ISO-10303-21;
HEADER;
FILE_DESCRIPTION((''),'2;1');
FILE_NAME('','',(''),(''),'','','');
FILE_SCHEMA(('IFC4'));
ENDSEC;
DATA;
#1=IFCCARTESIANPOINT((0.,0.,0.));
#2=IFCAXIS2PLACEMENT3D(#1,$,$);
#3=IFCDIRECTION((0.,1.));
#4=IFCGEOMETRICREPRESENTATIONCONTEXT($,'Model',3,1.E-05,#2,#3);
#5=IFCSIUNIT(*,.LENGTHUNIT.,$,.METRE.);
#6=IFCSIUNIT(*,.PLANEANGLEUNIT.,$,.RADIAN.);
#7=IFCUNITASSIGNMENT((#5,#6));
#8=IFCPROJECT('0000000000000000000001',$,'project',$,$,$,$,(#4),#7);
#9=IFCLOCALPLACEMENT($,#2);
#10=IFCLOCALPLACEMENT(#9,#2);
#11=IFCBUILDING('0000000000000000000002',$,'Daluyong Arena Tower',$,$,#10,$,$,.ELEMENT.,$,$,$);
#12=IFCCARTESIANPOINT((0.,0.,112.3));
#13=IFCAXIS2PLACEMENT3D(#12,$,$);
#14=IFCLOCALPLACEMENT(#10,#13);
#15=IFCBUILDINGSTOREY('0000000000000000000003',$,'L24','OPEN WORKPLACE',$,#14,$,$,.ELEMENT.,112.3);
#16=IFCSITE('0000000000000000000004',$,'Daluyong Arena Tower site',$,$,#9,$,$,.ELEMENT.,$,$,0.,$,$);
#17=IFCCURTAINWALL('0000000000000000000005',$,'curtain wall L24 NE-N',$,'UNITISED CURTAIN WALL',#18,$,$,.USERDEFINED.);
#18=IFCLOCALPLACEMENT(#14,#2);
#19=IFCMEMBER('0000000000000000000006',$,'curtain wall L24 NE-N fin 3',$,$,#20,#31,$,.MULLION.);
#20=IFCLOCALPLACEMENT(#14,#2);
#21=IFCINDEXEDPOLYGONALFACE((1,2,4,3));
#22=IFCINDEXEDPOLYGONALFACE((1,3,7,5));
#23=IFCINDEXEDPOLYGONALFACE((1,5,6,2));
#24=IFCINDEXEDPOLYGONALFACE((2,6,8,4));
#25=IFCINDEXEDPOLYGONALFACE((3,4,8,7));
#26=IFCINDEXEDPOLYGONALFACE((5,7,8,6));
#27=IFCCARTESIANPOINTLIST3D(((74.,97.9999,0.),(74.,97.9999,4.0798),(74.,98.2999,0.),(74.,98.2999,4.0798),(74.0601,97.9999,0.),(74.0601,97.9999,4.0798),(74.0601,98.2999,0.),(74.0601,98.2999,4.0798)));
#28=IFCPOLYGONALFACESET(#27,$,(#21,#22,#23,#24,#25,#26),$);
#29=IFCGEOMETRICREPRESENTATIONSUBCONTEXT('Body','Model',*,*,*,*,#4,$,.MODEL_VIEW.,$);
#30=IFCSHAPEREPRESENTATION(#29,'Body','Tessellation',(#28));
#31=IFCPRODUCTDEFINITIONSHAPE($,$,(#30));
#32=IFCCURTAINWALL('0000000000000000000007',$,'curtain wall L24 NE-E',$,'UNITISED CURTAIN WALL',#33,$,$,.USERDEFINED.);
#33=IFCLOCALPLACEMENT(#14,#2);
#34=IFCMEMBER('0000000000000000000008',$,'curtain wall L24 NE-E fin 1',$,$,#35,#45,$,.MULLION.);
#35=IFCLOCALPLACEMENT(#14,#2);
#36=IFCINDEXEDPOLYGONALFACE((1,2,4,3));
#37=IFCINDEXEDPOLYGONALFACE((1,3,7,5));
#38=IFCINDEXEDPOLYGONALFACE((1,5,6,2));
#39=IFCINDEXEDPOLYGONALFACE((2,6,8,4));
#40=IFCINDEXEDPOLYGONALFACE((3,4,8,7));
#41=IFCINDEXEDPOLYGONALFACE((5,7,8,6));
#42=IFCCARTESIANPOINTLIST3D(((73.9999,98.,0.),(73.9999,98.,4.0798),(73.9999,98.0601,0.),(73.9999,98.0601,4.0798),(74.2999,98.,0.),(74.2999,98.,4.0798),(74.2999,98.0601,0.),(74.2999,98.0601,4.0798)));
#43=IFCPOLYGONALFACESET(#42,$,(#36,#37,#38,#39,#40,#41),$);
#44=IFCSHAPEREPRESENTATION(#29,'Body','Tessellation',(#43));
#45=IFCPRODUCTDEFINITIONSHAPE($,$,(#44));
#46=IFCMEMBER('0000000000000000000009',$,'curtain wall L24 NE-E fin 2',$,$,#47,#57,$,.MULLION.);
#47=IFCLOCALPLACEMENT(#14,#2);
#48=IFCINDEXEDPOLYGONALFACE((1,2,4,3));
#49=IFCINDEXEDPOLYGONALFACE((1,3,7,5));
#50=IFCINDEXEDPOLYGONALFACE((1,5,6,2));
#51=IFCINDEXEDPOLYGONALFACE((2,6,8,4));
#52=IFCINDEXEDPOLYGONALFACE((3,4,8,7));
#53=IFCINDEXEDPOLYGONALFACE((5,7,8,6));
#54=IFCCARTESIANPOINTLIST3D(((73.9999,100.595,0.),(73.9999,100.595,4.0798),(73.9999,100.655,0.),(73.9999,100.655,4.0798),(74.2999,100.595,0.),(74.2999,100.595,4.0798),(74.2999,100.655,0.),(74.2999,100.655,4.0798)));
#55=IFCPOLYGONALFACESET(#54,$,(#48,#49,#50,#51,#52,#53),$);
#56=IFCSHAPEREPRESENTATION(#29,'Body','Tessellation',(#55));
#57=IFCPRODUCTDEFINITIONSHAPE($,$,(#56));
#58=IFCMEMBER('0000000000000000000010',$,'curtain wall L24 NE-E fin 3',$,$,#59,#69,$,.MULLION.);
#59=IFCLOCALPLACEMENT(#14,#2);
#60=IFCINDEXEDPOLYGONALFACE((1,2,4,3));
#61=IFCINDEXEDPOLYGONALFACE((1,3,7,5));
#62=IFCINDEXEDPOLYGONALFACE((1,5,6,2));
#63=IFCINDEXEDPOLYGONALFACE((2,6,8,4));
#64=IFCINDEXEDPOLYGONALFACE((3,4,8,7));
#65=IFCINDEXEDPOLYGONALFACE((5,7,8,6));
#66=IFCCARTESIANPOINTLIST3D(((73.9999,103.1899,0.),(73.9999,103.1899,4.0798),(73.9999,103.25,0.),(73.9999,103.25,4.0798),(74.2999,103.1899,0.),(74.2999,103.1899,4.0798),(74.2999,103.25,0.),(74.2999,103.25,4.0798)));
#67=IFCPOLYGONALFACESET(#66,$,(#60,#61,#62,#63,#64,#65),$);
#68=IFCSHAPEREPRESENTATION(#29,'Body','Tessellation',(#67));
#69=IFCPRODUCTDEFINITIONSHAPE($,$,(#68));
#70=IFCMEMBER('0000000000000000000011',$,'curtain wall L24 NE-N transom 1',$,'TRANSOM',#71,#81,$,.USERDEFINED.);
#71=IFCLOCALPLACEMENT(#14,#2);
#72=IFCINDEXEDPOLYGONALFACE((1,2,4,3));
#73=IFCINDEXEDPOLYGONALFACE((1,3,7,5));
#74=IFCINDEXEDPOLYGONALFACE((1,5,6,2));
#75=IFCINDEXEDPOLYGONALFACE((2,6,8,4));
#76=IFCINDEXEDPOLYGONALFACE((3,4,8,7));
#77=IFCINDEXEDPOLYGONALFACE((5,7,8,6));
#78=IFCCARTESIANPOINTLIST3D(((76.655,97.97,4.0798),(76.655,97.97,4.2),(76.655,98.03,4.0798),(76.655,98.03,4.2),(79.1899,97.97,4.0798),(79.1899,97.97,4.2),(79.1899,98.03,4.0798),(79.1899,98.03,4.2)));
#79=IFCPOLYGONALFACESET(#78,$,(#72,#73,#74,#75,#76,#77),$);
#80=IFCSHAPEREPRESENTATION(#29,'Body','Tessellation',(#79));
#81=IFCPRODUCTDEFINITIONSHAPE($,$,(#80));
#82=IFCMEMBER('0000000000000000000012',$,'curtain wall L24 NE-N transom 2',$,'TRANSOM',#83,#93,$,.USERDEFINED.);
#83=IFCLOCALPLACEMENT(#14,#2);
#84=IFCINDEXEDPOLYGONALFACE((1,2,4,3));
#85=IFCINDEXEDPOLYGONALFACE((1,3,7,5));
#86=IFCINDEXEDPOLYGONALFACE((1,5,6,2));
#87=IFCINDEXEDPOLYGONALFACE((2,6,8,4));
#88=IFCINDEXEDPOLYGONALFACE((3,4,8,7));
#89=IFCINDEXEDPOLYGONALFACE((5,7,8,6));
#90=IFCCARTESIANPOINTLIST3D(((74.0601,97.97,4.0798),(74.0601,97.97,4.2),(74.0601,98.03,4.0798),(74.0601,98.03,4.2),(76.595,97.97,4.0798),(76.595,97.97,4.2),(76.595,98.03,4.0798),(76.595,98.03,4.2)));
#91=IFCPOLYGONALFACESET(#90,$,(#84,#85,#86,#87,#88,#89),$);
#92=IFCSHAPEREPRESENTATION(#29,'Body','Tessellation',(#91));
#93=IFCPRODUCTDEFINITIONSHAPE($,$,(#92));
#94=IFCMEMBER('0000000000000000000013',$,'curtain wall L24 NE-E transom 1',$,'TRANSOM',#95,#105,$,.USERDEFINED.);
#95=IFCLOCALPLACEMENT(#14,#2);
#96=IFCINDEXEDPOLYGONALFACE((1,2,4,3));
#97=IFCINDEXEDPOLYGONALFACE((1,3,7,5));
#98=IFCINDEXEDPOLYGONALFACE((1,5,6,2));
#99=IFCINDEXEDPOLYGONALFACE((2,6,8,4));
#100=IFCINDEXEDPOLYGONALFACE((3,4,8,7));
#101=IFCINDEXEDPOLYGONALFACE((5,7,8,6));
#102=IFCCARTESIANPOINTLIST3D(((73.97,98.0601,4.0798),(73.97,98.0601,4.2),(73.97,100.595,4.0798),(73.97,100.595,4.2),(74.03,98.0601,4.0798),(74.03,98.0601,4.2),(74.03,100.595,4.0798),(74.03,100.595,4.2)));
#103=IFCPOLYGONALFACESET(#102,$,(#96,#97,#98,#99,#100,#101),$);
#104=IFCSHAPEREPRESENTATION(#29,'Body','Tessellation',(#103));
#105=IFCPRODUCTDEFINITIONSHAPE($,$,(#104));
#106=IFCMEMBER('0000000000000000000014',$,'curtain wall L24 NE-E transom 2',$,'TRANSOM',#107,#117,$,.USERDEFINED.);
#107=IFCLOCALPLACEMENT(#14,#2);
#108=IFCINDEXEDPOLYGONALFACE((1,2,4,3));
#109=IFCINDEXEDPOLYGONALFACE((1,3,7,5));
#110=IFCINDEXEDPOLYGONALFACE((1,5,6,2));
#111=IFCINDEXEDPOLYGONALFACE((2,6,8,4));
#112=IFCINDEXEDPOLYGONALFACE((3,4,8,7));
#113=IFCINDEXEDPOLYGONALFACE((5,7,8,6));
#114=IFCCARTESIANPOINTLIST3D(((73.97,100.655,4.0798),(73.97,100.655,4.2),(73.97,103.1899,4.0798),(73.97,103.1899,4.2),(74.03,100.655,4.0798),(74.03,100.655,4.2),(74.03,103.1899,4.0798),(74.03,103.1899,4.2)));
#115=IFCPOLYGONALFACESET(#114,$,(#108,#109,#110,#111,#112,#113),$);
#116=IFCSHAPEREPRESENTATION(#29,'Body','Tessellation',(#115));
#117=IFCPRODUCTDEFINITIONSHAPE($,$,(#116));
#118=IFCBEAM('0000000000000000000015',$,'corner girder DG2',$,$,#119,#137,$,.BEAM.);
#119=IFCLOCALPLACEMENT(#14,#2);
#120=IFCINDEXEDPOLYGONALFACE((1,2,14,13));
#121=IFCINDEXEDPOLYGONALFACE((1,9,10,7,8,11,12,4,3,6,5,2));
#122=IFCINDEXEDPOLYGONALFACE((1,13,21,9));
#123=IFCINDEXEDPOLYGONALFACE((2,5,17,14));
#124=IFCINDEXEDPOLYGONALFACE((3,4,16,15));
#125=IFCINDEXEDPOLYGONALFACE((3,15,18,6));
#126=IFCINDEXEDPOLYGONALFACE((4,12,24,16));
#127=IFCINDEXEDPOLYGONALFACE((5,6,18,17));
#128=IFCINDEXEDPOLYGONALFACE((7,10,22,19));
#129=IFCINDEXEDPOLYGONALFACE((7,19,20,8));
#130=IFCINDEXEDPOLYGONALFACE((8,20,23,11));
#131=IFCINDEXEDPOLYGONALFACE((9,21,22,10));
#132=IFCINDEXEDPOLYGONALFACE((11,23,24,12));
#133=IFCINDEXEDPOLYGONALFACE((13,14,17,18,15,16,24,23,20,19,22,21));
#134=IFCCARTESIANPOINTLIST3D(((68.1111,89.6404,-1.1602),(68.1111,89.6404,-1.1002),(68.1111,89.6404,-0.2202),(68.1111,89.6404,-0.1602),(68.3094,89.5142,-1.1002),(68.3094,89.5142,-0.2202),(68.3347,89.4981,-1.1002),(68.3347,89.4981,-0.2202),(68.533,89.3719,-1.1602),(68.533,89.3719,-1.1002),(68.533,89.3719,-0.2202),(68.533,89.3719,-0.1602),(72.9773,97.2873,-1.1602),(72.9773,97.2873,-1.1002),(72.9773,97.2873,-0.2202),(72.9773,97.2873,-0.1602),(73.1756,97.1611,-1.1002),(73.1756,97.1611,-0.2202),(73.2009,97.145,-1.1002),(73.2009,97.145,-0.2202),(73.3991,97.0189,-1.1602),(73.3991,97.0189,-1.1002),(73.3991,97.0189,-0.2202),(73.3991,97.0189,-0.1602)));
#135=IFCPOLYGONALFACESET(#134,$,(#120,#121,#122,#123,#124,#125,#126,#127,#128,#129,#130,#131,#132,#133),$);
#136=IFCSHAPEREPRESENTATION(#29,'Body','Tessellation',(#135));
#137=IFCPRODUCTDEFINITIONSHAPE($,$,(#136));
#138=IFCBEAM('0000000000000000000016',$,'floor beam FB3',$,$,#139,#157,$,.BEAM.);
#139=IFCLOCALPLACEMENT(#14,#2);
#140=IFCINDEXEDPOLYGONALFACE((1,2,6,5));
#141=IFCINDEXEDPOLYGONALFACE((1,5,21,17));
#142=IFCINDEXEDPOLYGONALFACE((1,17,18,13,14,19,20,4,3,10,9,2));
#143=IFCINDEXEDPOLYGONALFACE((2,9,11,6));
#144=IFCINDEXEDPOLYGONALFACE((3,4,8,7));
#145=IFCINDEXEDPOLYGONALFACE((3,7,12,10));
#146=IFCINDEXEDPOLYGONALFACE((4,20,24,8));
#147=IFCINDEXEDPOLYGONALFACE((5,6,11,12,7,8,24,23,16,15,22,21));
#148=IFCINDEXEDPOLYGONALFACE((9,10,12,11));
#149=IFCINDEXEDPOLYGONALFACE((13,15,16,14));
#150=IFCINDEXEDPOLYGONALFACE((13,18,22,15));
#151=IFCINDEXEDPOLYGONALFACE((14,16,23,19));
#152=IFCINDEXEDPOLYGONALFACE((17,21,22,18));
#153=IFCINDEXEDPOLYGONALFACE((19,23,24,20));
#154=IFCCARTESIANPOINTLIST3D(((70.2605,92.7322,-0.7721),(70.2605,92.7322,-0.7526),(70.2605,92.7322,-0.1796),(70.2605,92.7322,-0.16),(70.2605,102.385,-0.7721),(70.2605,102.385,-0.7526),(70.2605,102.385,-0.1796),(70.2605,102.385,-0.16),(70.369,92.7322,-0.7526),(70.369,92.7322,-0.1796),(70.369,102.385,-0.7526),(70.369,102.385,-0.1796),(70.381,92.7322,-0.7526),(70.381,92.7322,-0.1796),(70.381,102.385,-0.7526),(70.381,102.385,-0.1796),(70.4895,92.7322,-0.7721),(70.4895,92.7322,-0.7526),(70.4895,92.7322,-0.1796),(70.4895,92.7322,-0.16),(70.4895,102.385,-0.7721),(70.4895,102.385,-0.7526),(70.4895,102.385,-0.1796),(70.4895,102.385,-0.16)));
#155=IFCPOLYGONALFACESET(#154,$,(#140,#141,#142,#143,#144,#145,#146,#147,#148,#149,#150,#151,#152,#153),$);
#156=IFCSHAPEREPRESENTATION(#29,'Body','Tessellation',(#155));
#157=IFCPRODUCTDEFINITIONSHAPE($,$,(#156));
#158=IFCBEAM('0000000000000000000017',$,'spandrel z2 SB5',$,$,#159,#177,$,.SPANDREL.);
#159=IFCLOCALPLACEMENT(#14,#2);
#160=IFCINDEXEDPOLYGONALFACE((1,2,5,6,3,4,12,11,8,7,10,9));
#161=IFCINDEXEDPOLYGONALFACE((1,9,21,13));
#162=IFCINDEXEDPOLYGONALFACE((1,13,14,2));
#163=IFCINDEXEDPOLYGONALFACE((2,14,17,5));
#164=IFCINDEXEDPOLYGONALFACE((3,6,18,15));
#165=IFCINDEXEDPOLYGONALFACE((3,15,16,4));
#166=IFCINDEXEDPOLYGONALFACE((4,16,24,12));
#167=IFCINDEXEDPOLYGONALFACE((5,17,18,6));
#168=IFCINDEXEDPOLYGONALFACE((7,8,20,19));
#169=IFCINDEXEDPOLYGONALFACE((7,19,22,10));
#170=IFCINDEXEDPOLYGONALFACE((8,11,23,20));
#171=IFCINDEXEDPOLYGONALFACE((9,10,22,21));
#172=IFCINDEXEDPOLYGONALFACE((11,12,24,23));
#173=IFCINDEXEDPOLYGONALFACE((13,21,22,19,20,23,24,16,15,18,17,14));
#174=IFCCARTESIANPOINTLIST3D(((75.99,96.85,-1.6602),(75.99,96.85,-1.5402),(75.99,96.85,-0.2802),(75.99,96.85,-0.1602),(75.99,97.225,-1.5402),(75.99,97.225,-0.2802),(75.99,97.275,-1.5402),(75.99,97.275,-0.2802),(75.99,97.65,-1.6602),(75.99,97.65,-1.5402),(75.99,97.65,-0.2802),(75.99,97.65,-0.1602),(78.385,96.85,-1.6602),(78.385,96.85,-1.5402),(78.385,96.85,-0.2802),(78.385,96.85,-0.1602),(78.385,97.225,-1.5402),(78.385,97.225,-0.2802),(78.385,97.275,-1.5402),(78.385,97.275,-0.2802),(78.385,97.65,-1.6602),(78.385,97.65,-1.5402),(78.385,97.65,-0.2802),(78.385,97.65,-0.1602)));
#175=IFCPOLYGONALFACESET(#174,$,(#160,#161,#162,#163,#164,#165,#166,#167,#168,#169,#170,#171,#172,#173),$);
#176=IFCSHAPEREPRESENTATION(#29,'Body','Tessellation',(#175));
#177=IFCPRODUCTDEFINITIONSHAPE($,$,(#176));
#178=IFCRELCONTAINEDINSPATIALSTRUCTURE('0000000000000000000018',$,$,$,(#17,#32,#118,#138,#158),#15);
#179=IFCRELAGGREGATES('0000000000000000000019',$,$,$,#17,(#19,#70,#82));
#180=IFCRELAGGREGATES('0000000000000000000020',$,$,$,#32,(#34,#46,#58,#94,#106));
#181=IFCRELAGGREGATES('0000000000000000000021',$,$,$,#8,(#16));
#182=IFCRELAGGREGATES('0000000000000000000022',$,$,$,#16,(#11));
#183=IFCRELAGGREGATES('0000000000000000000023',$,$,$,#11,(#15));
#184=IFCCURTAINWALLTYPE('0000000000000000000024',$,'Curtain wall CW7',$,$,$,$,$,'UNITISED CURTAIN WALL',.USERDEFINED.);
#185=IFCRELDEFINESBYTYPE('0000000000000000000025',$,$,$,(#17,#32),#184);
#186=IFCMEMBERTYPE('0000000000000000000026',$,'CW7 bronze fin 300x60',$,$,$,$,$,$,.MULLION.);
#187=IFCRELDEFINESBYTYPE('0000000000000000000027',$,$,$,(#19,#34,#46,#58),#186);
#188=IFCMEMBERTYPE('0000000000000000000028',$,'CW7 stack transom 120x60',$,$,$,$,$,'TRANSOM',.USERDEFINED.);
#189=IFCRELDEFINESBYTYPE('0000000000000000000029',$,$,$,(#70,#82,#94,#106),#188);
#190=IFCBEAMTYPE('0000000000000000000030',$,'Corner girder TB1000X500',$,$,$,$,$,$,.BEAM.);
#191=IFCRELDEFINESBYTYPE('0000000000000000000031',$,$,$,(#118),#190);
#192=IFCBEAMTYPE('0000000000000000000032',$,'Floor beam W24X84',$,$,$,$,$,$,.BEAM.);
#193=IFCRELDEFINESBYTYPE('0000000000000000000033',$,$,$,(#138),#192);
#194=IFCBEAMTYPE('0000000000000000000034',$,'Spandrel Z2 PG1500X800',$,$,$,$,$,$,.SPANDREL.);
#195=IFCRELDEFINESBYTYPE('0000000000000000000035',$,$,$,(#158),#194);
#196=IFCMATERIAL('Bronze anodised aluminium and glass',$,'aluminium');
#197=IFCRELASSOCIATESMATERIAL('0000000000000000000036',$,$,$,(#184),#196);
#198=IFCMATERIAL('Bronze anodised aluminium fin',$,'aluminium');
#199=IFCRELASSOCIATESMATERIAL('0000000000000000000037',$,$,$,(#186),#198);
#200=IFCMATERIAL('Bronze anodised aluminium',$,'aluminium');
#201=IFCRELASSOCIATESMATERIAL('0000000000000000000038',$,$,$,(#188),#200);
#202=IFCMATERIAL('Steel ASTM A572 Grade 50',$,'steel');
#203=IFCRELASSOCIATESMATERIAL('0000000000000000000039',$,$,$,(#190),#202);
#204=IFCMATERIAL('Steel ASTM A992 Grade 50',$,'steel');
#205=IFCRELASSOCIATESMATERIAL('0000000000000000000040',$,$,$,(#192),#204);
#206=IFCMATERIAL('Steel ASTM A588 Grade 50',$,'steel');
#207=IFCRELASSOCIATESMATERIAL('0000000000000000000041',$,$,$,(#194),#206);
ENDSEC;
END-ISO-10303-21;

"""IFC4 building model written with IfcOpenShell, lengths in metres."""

from ifc_helpers import new_model, si_unit, direction, frame, origin, origin_2d, place, context, subcontext, project, spatial, rectangle, i_section, extrude, material, material_profile, profile_set, type_object, element, aggregate, save


model = new_model("IFC4")

# Units and contexts
model_context = context("Model", 3, precision=1e-05, world=origin(), true_north=direction((0.0, 1.0)))
body_context = subcontext(model_context, "Body", "Model", "MODEL_VIEW")
ifc_project = project(units=[si_unit("LENGTHUNIT", "METRE"), si_unit("PLANEANGLEUNIT", "RADIAN")], contexts=[model_context])

# Site, building, storey
site_placement = place(None, origin())
site = spatial("IfcSite", under=ifc_project, at=site_placement, Name="Daluyong Arena Tower site", CompositionType="ELEMENT", RefElevation=0.0)
building_placement = place(site_placement, origin())
building = spatial("IfcBuilding", under=site, at=building_placement, Name="Daluyong Arena Tower", CompositionType="ELEMENT")
storey_placement = place(building_placement, frame((0.0, 0.0, 112.3)))
storey = spatial("IfcBuildingStorey", under=building, at=storey_placement, Name="L24", Description="OPEN WORKPLACE", CompositionType="ELEMENT", Elevation=112.3)

# Curtain walls, members
ifc_material_1 = material(Name="Bronze anodised aluminium and glass", Category="aluminium")
curtain_wall_type_1 = type_object("IfcCurtainWallType", Name="Curtain wall CW7", ElementType="UNITISED CURTAIN WALL", PredefinedType="USERDEFINED", material=ifc_material_1)
curtain_wall_1_placement = place(storey_placement, origin())
curtain_wall_1 = element("IfcCurtainWall", 1, at=curtain_wall_1_placement, inside=storey, type_object=curtain_wall_type_1, Name="curtain wall L24 NE-N", ObjectType="UNITISED CURTAIN WALL", PredefinedType="USERDEFINED")
ifc_material_2 = material(Name="Bronze anodised aluminium fin", Category="aluminium")
ifc_material_profile_1 = material_profile(ifc_material_2, rectangle(XDim=0.3, YDim=0.0601, at=origin_2d()))
ifc_profile_set_1 = profile_set([ifc_material_profile_1], Name="Bronze anodised aluminium fin")
member_type_1 = type_object("IfcMemberType", Name="CW7 bronze fin 300x60", PredefinedType="MULLION", material=ifc_profile_set_1)
member_1_placement = place(storey_placement, frame((74.03, 98.1499, 0.0), z_axis=(0.0, 0.0, 1.0), x_axis=(0.0, -1.0, 0.0)))
member_1 = element("IfcMember", 2, at=member_1_placement, type_object=member_type_1, Name="curtain wall L24 NE-N fin 3", PredefinedType="MULLION", context=body_context, shape_type="SweptSolid", body=[
    extrude(rectangle(XDim=0.3, YDim=0.0601, at=origin_2d()), origin(), (0.0, 0.0, 1.0), 4.0798),
])
curtain_wall_2_placement = place(storey_placement, origin())
curtain_wall_2 = element("IfcCurtainWall", 3, at=curtain_wall_2_placement, inside=storey, type_object=curtain_wall_type_1, Name="curtain wall L24 NE-E", ObjectType="UNITISED CURTAIN WALL", PredefinedType="USERDEFINED")
member_2_placement = place(storey_placement, frame((74.1499, 98.03, 0.0), z_axis=(0.0, 0.0, 1.0), x_axis=(-1.0, 0.0, 0.0)))
member_2 = element("IfcMember", 4, at=member_2_placement, type_object=member_type_1, Name="curtain wall L24 NE-E fin 1", PredefinedType="MULLION", context=body_context, shape_type="SweptSolid", body=[
    extrude(rectangle(XDim=0.3, YDim=0.0601, at=origin_2d()), origin(), (0.0, 0.0, 1.0), 4.0798),
])
member_3_placement = place(storey_placement, frame((74.1499, 100.625, 0.0), z_axis=(0.0, 0.0, 1.0), x_axis=(-1.0, 0.0, 0.0)))
member_3 = element("IfcMember", 5, at=member_3_placement, type_object=member_type_1, Name="curtain wall L24 NE-E fin 2", PredefinedType="MULLION", context=body_context, shape_type="SweptSolid", body=[
    extrude(rectangle(XDim=0.3, YDim=0.0601, at=origin_2d()), origin(), (0.0, 0.0, 1.0), 4.0798),
])
member_4_placement = place(storey_placement, frame((74.1499, 103.22, 0.0), z_axis=(0.0, 0.0, 1.0), x_axis=(-1.0, 0.0, 0.0)))
member_4 = element("IfcMember", 6, at=member_4_placement, type_object=member_type_1, Name="curtain wall L24 NE-E fin 3", PredefinedType="MULLION", context=body_context, shape_type="SweptSolid", body=[
    extrude(rectangle(XDim=0.3, YDim=0.0601, at=origin_2d()), origin(), (0.0, 0.0, 1.0), 4.0798),
])

# Members
ifc_material_3 = material(Name="Bronze anodised aluminium", Category="aluminium")
ifc_material_profile_2 = material_profile(ifc_material_3, rectangle(XDim=0.0601, YDim=0.1201, at=origin_2d()))
ifc_profile_set_2 = profile_set([ifc_material_profile_2], Name="Bronze anodised aluminium")
member_type_2 = type_object("IfcMemberType", Name="CW7 stack transom 120x60", ElementType="TRANSOM", PredefinedType="USERDEFINED", material=ifc_profile_set_2)
member_5_placement = place(storey_placement, frame((79.1899, 98.0, 4.1399), z_axis=(-1.0, 0.0, 0.0), x_axis=(0.0, -1.0, 0.0)))
member_5 = element("IfcMember", 7, at=member_5_placement, type_object=member_type_2, Name="curtain wall L24 NE-N transom 1", ObjectType="TRANSOM", PredefinedType="USERDEFINED", context=body_context, shape_type="SweptSolid", body=[
    extrude(rectangle(XDim=0.0601, YDim=0.1201, at=origin_2d()), origin(), (0.0, 0.0, 1.0), 2.5349),
])
member_6_placement = place(storey_placement, frame((76.595, 98.0, 4.1399), z_axis=(-1.0, 0.0, 0.0), x_axis=(0.0, -1.0, 0.0)))
member_6 = element("IfcMember", 8, at=member_6_placement, type_object=member_type_2, Name="curtain wall L24 NE-N transom 2", ObjectType="TRANSOM", PredefinedType="USERDEFINED", context=body_context, shape_type="SweptSolid", body=[
    extrude(rectangle(XDim=0.0601, YDim=0.1201, at=origin_2d()), origin(), (0.0, 0.0, 1.0), 2.5349),
])
member_7_placement = place(storey_placement, frame((74.0, 98.0601, 4.1399), z_axis=(0.0, 1.0, 0.0), x_axis=(-1.0, 0.0, 0.0)))
member_7 = element("IfcMember", 9, at=member_7_placement, type_object=member_type_2, Name="curtain wall L24 NE-E transom 1", ObjectType="TRANSOM", PredefinedType="USERDEFINED", context=body_context, shape_type="SweptSolid", body=[
    extrude(rectangle(XDim=0.0601, YDim=0.1201, at=origin_2d()), origin(), (0.0, 0.0, 1.0), 2.5349),
])
member_8_placement = place(storey_placement, frame((74.0, 100.655, 4.1399), z_axis=(0.0, 1.0, 0.0), x_axis=(-1.0, 0.0, 0.0)))
member_8 = element("IfcMember", 10, at=member_8_placement, type_object=member_type_2, Name="curtain wall L24 NE-E transom 2", ObjectType="TRANSOM", PredefinedType="USERDEFINED", context=body_context, shape_type="SweptSolid", body=[
    extrude(rectangle(XDim=0.0601, YDim=0.1201, at=origin_2d()), origin(), (0.0, 0.0, 1.0), 2.5349),
])

# Beams
ifc_material_4 = material(Name="Steel ASTM A572 Grade 50", Category="steel")
ifc_material_profile_3 = material_profile(ifc_material_4, i_section(OverallWidth=0.5, OverallDepth=1.0, WebThickness=0.03, FlangeThickness=0.06, at=origin_2d()))
ifc_profile_set_3 = profile_set([ifc_material_profile_3], Name="Steel ASTM A572 Grade 50")
beam_type_1 = type_object("IfcBeamType", Name="Corner girder TB1000X500", PredefinedType="BEAM", material=ifc_profile_set_3)
beam_1_placement = place(storey_placement, frame((73.1882, 97.1531, -0.6602), z_axis=(-0.536872, -0.843664, 0.0), x_axis=(0.843664, -0.536872, 0.0)))
element("IfcBeam", 11, at=beam_1_placement, inside=storey, type_object=beam_type_1, Name="corner girder DG2", PredefinedType="BEAM", context=body_context, shape_type="SweptSolid", body=[
    extrude(i_section(OverallWidth=0.5, OverallDepth=1.0, WebThickness=0.03, FlangeThickness=0.06, at=origin_2d()), origin(), (0.0, 0.0, 1.0), 9.064),
])
ifc_material_5 = material(Name="Steel ASTM A992 Grade 50", Category="steel")
ifc_material_profile_4 = material_profile(ifc_material_5, i_section(OverallWidth=0.229, OverallDepth=0.6121, WebThickness=0.012, FlangeThickness=0.0195, at=origin_2d()))
ifc_profile_set_4 = profile_set([ifc_material_profile_4], Name="Steel ASTM A992 Grade 50")
beam_type_2 = type_object("IfcBeamType", Name="Floor beam W24X84", PredefinedType="BEAM", material=ifc_profile_set_4)
beam_2_placement = place(storey_placement, frame((70.375, 102.385, -0.4661), z_axis=(0.0, -1.0, 0.0), x_axis=(1.0, 0.0, 0.0)))
element("IfcBeam", 12, at=beam_2_placement, inside=storey, type_object=beam_type_2, Name="floor beam FB3", PredefinedType="BEAM", context=body_context, shape_type="SweptSolid", body=[
    extrude(i_section(OverallWidth=0.229, OverallDepth=0.6121, WebThickness=0.012, FlangeThickness=0.0195, at=origin_2d()), origin(), (0.0, 0.0, 1.0), 9.6528),
])
ifc_material_6 = material(Name="Steel ASTM A588 Grade 50", Category="steel")
ifc_material_profile_5 = material_profile(ifc_material_6, i_section(OverallWidth=0.8, OverallDepth=1.5, WebThickness=0.05, FlangeThickness=0.12, at=origin_2d()))
ifc_profile_set_5 = profile_set([ifc_material_profile_5], Name="Steel ASTM A588 Grade 50")
beam_type_3 = type_object("IfcBeamType", Name="Spandrel Z2 PG1500X800", PredefinedType="SPANDREL", material=ifc_profile_set_5)
for number, where, z_axis, x_axis, name in (
    (13, (78.385, 97.25, -0.9102), (-1.0, 0.0, 0.0), (0.0, -1.0, 0.0), "spandrel z2 SB5"),
):
    element("IfcBeam", number, at=place(storey_placement, frame(where, z_axis=z_axis, x_axis=x_axis)), inside=storey, type_object=beam_type_3, Name=name, PredefinedType="SPANDREL", context=body_context, shape_type="SweptSolid", body=[
        extrude(i_section(OverallWidth=0.8, OverallDepth=1.5, WebThickness=0.05, FlangeThickness=0.12, at=origin_2d()), origin(), (0.0, 0.0, 1.0), 2.395),
    ])

aggregate(curtain_wall_1, [member_1, member_5, member_6])
aggregate(curtain_wall_2, [member_2, member_3, member_4, member_7, member_8])

save(model, "model.ifc")
